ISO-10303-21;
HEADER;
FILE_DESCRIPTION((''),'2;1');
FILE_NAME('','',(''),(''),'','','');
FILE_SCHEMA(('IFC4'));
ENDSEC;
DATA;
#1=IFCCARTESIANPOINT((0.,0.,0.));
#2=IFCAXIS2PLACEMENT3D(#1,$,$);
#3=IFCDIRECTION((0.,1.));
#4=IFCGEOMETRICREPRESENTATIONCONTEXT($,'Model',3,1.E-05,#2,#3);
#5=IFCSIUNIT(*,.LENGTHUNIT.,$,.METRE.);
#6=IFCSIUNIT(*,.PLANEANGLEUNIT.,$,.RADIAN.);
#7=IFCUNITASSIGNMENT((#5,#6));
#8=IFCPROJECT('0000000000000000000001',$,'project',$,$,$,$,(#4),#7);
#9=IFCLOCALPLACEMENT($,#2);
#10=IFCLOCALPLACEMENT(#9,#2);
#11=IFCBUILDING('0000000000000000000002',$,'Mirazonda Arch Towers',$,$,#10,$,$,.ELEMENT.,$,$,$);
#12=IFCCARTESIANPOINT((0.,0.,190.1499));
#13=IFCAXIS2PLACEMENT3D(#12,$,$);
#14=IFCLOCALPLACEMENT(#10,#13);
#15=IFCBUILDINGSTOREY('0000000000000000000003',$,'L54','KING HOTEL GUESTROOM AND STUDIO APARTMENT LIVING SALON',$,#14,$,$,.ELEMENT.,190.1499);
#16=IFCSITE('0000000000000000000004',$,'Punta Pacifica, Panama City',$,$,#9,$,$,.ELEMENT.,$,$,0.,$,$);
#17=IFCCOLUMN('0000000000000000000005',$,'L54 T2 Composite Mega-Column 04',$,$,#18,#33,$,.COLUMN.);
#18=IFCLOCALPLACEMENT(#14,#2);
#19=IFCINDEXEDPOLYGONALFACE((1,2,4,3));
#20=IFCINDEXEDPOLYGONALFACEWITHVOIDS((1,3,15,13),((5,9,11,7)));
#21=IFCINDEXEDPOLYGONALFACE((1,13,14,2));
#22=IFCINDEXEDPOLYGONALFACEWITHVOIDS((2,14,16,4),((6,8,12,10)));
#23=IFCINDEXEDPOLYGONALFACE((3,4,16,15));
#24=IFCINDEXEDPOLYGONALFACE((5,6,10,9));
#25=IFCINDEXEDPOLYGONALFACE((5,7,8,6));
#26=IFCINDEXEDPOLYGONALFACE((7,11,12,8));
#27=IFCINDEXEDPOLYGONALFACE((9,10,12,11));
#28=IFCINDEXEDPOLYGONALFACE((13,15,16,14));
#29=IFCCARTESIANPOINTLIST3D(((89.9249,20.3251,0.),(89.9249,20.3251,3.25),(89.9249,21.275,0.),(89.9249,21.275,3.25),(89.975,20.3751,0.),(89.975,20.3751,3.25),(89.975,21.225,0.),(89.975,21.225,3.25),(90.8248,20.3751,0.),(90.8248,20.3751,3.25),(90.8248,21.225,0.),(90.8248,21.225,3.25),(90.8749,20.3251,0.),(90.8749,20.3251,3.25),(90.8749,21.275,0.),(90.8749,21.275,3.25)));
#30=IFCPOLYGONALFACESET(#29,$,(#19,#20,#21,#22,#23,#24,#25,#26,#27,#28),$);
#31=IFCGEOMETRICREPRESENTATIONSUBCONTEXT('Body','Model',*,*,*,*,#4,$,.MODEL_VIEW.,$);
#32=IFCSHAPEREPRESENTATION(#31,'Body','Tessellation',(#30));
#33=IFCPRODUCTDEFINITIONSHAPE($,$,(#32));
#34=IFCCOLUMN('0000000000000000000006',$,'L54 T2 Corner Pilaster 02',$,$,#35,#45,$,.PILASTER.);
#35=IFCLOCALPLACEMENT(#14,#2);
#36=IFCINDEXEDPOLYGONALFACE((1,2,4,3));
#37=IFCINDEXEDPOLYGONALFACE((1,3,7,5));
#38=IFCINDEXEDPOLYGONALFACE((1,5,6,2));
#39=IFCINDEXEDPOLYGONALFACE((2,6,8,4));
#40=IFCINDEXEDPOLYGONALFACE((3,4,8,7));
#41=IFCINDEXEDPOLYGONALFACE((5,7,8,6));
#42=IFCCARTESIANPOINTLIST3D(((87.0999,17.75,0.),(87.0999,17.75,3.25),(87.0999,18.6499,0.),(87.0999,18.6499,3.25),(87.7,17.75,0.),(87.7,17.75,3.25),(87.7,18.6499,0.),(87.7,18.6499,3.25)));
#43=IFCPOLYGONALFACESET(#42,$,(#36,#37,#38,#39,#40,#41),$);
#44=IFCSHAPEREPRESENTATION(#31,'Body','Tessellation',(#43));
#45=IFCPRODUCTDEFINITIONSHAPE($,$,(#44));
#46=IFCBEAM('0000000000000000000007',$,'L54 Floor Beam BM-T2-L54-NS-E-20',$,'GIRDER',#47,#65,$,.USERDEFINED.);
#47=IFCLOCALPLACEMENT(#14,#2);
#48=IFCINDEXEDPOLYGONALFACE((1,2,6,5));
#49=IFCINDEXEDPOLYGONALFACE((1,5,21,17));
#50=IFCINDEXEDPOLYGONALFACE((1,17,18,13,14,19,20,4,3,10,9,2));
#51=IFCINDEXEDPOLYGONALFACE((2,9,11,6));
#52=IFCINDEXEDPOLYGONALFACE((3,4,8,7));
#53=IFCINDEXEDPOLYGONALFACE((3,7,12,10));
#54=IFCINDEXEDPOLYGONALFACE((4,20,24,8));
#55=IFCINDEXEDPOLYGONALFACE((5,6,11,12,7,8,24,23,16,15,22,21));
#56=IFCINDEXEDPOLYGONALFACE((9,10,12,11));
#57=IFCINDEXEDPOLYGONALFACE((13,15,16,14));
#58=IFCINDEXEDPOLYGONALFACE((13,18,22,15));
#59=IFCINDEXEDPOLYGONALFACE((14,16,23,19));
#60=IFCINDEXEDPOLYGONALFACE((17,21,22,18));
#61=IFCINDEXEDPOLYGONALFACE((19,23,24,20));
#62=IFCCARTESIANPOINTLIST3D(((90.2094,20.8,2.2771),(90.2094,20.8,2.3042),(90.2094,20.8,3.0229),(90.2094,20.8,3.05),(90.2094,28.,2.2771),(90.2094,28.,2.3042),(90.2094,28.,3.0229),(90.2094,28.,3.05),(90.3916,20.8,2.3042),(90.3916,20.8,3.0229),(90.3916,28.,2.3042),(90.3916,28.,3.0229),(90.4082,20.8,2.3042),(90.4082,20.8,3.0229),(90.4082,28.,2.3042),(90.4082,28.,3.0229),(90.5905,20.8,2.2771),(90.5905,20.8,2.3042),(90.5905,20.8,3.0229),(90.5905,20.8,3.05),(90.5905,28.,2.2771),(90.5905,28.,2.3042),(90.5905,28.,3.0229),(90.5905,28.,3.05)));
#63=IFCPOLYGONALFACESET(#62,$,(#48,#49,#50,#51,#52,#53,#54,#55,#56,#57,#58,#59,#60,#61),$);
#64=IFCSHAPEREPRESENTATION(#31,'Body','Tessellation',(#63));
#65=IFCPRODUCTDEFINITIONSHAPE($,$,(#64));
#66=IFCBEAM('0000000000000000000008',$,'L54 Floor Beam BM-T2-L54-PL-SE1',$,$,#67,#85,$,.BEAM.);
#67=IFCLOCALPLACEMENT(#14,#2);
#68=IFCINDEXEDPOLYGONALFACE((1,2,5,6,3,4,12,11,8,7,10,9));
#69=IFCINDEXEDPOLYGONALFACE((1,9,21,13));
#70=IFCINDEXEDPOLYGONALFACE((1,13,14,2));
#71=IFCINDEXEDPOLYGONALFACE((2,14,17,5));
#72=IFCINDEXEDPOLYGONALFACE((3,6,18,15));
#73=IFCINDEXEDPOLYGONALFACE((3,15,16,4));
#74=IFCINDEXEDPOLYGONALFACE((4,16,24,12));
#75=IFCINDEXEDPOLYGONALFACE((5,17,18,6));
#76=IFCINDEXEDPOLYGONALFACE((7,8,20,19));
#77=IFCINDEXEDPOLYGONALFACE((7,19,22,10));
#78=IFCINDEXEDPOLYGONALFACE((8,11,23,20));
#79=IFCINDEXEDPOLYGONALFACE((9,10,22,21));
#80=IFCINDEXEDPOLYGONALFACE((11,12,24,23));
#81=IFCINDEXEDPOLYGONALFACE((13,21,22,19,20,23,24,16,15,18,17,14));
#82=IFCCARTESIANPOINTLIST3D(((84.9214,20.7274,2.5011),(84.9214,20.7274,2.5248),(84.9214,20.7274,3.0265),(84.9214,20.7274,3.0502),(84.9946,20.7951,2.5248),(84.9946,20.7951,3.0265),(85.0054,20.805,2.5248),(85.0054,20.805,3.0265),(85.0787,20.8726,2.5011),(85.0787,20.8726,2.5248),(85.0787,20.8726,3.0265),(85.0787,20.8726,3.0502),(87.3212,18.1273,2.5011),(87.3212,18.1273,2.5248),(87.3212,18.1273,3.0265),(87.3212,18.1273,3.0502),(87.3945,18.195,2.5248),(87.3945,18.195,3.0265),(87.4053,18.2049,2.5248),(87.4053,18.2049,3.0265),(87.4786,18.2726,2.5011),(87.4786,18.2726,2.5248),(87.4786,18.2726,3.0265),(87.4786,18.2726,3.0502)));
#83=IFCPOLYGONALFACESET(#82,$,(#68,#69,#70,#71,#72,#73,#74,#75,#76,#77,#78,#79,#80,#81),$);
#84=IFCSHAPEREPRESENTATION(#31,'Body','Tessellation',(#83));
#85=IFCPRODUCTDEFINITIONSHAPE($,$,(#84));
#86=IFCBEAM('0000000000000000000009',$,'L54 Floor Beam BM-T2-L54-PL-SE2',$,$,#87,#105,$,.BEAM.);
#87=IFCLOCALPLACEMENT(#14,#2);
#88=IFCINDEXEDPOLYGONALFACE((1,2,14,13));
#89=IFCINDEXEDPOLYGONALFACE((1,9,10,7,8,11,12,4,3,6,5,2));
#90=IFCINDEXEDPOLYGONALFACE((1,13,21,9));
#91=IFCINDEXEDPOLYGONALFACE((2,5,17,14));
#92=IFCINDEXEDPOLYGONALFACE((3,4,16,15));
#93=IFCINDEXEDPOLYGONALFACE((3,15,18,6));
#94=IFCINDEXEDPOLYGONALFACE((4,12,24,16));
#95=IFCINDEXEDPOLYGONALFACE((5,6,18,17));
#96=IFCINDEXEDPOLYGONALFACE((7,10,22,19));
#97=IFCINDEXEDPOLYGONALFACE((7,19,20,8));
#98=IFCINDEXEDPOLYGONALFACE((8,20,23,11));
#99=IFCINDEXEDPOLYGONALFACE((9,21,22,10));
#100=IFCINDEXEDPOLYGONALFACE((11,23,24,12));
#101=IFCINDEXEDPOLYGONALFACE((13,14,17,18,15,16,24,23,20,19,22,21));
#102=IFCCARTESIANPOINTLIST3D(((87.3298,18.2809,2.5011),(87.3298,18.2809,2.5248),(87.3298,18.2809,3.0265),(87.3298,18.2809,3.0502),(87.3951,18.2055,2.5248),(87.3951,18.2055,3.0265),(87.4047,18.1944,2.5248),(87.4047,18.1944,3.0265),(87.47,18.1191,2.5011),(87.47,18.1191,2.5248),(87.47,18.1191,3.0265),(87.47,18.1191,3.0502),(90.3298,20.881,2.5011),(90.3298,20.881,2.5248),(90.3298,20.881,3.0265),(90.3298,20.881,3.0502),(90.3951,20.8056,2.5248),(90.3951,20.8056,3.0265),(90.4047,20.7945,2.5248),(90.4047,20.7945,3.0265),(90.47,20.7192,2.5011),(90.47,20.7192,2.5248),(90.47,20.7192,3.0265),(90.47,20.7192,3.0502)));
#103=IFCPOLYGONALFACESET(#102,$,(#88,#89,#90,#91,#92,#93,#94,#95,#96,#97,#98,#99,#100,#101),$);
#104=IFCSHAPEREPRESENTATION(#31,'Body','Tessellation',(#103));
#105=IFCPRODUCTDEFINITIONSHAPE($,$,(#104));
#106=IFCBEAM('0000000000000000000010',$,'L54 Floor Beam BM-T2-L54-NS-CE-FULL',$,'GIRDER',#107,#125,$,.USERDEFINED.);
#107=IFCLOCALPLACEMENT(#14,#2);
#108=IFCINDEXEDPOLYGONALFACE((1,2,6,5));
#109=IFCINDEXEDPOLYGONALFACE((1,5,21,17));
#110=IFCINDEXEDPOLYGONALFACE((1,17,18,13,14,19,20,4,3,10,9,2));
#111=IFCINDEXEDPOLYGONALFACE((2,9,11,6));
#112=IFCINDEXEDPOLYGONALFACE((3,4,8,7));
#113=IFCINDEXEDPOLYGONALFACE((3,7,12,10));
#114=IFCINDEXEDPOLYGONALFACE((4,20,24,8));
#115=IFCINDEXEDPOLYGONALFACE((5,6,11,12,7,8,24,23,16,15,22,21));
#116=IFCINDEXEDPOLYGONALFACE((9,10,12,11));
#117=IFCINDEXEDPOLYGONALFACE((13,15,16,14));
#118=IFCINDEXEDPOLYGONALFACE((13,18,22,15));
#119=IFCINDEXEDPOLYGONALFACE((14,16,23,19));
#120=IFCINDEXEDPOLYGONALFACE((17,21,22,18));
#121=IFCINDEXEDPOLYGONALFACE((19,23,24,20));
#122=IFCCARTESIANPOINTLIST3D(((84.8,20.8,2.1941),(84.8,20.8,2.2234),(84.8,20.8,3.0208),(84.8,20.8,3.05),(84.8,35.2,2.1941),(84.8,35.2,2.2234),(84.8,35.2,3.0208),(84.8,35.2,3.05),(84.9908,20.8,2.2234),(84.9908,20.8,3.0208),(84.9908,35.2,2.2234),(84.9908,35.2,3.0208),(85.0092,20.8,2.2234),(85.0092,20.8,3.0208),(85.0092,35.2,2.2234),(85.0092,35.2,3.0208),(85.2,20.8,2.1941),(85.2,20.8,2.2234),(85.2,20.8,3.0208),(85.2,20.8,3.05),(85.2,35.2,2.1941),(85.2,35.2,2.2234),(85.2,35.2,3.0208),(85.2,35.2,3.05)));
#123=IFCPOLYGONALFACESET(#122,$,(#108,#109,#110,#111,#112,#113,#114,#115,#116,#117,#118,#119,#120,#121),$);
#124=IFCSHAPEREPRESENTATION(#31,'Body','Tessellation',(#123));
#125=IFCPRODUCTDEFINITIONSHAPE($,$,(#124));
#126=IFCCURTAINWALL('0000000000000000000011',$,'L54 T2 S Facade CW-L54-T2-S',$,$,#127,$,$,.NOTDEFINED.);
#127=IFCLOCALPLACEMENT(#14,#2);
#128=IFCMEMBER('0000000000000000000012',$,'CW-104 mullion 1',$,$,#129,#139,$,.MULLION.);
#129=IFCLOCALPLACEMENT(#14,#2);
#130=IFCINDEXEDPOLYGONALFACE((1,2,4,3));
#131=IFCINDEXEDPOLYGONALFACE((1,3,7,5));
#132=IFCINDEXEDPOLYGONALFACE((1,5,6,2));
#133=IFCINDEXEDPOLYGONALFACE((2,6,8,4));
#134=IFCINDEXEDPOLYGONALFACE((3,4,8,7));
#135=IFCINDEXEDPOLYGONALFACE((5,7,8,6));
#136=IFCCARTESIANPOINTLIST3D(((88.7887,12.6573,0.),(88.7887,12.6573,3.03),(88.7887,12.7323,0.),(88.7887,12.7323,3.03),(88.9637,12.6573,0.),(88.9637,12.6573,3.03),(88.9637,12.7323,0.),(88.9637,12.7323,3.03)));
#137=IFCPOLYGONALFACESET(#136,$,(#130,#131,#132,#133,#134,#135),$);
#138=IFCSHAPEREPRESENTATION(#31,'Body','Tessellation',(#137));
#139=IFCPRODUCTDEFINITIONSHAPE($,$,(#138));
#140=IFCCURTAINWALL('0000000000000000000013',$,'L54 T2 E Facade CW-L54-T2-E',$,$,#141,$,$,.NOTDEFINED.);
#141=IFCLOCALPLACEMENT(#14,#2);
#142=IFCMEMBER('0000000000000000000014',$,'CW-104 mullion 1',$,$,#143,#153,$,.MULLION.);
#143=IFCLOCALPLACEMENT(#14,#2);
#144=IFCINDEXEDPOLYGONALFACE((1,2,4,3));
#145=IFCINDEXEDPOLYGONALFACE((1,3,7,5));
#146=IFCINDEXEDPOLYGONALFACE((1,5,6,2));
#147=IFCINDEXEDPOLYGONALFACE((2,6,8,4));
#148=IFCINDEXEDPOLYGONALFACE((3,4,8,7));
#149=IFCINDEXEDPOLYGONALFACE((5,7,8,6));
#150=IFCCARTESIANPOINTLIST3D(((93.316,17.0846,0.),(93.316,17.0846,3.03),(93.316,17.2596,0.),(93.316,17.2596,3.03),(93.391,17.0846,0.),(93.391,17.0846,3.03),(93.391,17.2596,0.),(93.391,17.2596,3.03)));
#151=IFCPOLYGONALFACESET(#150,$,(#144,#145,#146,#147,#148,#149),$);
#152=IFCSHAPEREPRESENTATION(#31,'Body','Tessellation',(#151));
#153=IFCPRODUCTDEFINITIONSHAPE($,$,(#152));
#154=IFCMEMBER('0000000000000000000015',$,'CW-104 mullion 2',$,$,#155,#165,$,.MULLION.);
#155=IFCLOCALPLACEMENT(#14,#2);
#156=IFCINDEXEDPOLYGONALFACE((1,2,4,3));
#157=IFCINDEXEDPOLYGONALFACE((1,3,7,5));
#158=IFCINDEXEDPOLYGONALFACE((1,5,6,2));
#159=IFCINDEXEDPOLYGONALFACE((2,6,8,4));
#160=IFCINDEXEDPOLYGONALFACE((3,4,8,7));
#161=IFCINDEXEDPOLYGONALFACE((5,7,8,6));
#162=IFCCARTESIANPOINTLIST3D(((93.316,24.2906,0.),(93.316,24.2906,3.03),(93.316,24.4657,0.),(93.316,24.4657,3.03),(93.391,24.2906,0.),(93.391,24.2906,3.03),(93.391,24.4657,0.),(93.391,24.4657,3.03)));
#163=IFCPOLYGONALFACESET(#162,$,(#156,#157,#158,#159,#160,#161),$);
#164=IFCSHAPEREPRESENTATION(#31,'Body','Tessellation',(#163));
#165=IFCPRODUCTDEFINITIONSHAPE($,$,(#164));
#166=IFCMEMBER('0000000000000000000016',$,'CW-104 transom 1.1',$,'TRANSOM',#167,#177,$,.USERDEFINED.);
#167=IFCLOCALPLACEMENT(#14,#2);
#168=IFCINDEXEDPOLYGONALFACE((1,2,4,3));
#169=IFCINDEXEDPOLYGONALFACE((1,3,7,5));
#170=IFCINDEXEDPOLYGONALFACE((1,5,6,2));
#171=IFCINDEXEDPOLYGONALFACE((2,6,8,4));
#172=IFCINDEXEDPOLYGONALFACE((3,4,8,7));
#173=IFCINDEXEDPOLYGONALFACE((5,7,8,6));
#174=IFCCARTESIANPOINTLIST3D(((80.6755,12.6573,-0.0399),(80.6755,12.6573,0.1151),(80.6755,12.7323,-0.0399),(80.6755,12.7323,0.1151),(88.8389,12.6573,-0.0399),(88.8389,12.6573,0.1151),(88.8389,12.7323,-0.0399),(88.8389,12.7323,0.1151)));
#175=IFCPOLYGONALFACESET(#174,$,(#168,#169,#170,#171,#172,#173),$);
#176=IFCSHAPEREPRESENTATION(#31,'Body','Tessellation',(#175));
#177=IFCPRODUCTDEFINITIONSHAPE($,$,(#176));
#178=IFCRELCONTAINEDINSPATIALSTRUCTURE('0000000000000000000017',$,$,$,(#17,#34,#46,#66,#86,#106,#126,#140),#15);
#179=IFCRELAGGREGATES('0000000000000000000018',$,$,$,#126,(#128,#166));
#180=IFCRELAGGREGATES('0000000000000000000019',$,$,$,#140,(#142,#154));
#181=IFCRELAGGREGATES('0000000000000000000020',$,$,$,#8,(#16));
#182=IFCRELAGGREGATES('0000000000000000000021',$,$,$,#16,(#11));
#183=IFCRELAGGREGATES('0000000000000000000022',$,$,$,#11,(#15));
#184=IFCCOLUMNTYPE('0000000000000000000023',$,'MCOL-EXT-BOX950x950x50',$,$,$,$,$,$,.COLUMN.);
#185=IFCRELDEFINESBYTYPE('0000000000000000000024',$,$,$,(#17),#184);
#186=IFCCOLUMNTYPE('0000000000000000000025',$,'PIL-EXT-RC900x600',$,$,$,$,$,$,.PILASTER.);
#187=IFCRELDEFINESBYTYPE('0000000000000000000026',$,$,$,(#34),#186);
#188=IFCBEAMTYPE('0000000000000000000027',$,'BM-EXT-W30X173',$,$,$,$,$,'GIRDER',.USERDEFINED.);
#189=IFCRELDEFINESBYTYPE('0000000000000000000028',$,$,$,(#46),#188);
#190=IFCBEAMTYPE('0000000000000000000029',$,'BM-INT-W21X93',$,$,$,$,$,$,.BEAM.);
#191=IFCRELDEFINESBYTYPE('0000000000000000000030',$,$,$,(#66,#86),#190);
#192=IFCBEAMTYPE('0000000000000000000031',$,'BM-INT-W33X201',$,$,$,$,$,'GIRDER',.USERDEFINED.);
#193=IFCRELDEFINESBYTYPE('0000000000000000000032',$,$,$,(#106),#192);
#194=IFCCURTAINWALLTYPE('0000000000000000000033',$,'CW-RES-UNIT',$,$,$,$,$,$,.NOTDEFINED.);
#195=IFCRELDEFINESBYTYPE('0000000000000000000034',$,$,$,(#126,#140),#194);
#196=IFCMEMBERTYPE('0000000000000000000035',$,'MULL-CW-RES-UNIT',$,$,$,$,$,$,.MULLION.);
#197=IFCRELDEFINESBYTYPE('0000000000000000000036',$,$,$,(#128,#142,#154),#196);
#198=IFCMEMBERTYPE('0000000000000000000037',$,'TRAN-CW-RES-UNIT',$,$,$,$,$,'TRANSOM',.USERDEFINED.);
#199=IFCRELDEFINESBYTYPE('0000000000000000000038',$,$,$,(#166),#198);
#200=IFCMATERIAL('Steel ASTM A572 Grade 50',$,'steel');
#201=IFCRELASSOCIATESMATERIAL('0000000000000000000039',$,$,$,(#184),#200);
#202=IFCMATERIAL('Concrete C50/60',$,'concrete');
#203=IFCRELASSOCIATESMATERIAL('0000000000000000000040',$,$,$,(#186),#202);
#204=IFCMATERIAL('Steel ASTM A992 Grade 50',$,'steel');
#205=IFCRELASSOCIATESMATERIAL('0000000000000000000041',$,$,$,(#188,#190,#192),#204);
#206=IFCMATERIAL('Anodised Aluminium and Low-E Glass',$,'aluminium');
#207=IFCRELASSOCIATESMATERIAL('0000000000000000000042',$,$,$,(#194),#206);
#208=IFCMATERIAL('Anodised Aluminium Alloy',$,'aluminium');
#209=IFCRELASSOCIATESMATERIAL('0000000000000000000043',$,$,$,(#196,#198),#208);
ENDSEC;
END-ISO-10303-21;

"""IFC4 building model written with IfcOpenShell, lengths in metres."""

from ifc_helpers import new_model, si_unit, direction, frame, origin, origin_2d, place, context, subcontext, project, spatial, rectangle, hollow_rectangle, i_section, extrude, material, material_profile, profile_set, type_object, element, aggregate, save


model = new_model("IFC4")

# Units and contexts
model_context = context("Model", 3, precision=1e-05, world=origin(), true_north=direction((0.0, 1.0)))
body_context = subcontext(model_context, "Body", "Model", "MODEL_VIEW")
ifc_project = project(units=[si_unit("LENGTHUNIT", "METRE"), si_unit("PLANEANGLEUNIT", "RADIAN")], contexts=[model_context])

# Site, building, storey
site_placement = place(None, origin())
site = spatial("IfcSite", under=ifc_project, at=site_placement, Name="Punta Pacifica, Panama City", CompositionType="ELEMENT", RefElevation=0.0)
building_placement = place(site_placement, origin())
building = spatial("IfcBuilding", under=site, at=building_placement, Name="Mirazonda Arch Towers", CompositionType="ELEMENT")
storey_placement = place(building_placement, frame((0.0, 0.0, 190.1499)))
storey = spatial("IfcBuildingStorey", under=building, at=storey_placement, Name="L54", Description="KING HOTEL GUESTROOM AND STUDIO APARTMENT LIVING SALON", CompositionType="ELEMENT", Elevation=190.1499)

# Columns
ifc_material_1 = material(Name="Steel ASTM A572 Grade 50", Category="steel")
ifc_material_profile_1 = material_profile(ifc_material_1, hollow_rectangle(XDim=0.95, YDim=0.95, WallThickness=0.05, at=origin_2d()), Name="BOX950x950x50")
ifc_profile_set_1 = profile_set([ifc_material_profile_1], Name="Steel ASTM A572 Grade 50")
column_type_1 = type_object("IfcColumnType", Name="MCOL-EXT-BOX950x950x50", PredefinedType="COLUMN", material=ifc_profile_set_1)
column_1_placement = place(storey_placement, frame((90.3999, 20.8, 0.0), z_axis=(0.0, 0.0, 1.0), x_axis=(1.0, 0.0, 0.0)))
element("IfcColumn", 1, at=column_1_placement, inside=storey, type_object=column_type_1, Name="L54 T2 Composite Mega-Column 04", PredefinedType="COLUMN", context=body_context, shape_type="SweptSolid", body=[
    extrude(hollow_rectangle(XDim=0.95, YDim=0.95, WallThickness=0.05, at=origin_2d()), origin(), (0.0, 0.0, 1.0), 3.25),
])
ifc_material_2 = material(Name="Concrete C50/60", Category="concrete")
ifc_material_profile_2 = material_profile(ifc_material_2, rectangle(XDim=0.6001, YDim=0.8999, at=origin_2d()), Name="RC900x600")
ifc_profile_set_2 = profile_set([ifc_material_profile_2], Name="Concrete C50/60")
column_type_2 = type_object("IfcColumnType", Name="PIL-EXT-RC900x600", PredefinedType="PILASTER", material=ifc_profile_set_2)
column_2_placement = place(storey_placement, frame((87.3999, 18.2, 0.0), z_axis=(0.0, 0.0, 1.0), x_axis=(1.0, 0.0, 0.0)))
element("IfcColumn", 2, at=column_2_placement, inside=storey, type_object=column_type_2, Name="L54 T2 Corner Pilaster 02", PredefinedType="PILASTER", context=body_context, shape_type="SweptSolid", body=[
    extrude(rectangle(XDim=0.6001, YDim=0.8999, at=origin_2d()), origin(), (0.0, 0.0, 1.0), 3.25),
])

# Beams
ifc_material_3 = material(Name="Steel ASTM A992 Grade 50", Category="steel")
ifc_material_profile_3 = material_profile(ifc_material_3, i_section(OverallWidth=0.3811, OverallDepth=0.7729, WebThickness=0.0166, FlangeThickness=0.0271, at=origin_2d()), Name="W30X173")
ifc_profile_set_3 = profile_set([ifc_material_profile_3], Name="Steel ASTM A992 Grade 50")
beam_type_1 = type_object("IfcBeamType", Name="BM-EXT-W30X173", ElementType="GIRDER", PredefinedType="USERDEFINED", material=ifc_profile_set_3)
beam_1_placement = place(storey_placement, frame((90.3999, 20.8, 2.6636), z_axis=(0.0, 1.0, 0.0), x_axis=(-1.0, 0.0, 0.0)))
element("IfcBeam", 3, at=beam_1_placement, inside=storey, type_object=beam_type_1, Name="L54 Floor Beam BM-T2-L54-NS-E-20", ObjectType="GIRDER", PredefinedType="USERDEFINED", context=body_context, shape_type="SweptSolid", body=[
    extrude(i_section(OverallWidth=0.3811, OverallDepth=0.7729, WebThickness=0.0166, FlangeThickness=0.0271, at=origin_2d()), origin(), (0.0, 0.0, 1.0), 7.2),
])
ifc_material_profile_4 = material_profile(ifc_material_3, i_section(OverallWidth=0.2141, OverallDepth=0.5491, WebThickness=0.0146, FlangeThickness=0.0237, at=origin_2d()), Name="W21X93")
ifc_profile_set_4 = profile_set([ifc_material_profile_4], Name="Steel ASTM A992 Grade 50")
beam_type_2 = type_object("IfcBeamType", Name="BM-INT-W21X93", PredefinedType="BEAM", material=ifc_profile_set_4)
beam_2_placement = place(storey_placement, frame((87.3999, 18.2, 2.7756), z_axis=(-0.678251, 0.73483, 0.0), x_axis=(-0.73483, -0.678251, 0.0)))
element("IfcBeam", 4, at=beam_2_placement, inside=storey, type_object=beam_type_2, Name="L54 Floor Beam BM-T2-L54-PL-SE1", PredefinedType="BEAM", context=body_context, shape_type="SweptSolid", body=[
    extrude(i_section(OverallWidth=0.2141, OverallDepth=0.5491, WebThickness=0.0146, FlangeThickness=0.0237, at=origin_2d()), origin(), (0.0, 0.0, 1.0), 3.5383),
])
beam_3_placement = place(storey_placement, frame((87.3999, 18.2, 2.7756), z_axis=(0.755677, 0.654945, 0.0), x_axis=(-0.654945, 0.755677, 0.0)))
element("IfcBeam", 5, at=beam_3_placement, inside=storey, type_object=beam_type_2, Name="L54 Floor Beam BM-T2-L54-PL-SE2", PredefinedType="BEAM", context=body_context, shape_type="SweptSolid", body=[
    extrude(i_section(OverallWidth=0.2141, OverallDepth=0.5491, WebThickness=0.0146, FlangeThickness=0.0237, at=origin_2d()), origin(), (0.0, 0.0, 1.0), 3.97),
])
ifc_material_profile_5 = material_profile(ifc_material_3, i_section(OverallWidth=0.3999, OverallDepth=0.856, WebThickness=0.0183, FlangeThickness=0.0293, at=origin_2d()), Name="W33X201")
ifc_profile_set_5 = profile_set([ifc_material_profile_5], Name="Steel ASTM A992 Grade 50")
beam_type_3 = type_object("IfcBeamType", Name="BM-INT-W33X201", ElementType="GIRDER", PredefinedType="USERDEFINED", material=ifc_profile_set_5)
beam_4_placement = place(storey_placement, frame((85.0, 20.8, 2.6221), z_axis=(0.0, 1.0, 0.0), x_axis=(-1.0, 0.0, 0.0)))
element("IfcBeam", 6, at=beam_4_placement, inside=storey, type_object=beam_type_3, Name="L54 Floor Beam BM-T2-L54-NS-CE-FULL", ObjectType="GIRDER", PredefinedType="USERDEFINED", context=body_context, shape_type="SweptSolid", body=[
    extrude(i_section(OverallWidth=0.3999, OverallDepth=0.856, WebThickness=0.0183, FlangeThickness=0.0293, at=origin_2d()), origin(), (0.0, 0.0, 1.0), 14.3999),
])

# Curtain wall, member
ifc_material_4 = material(Name="Anodised Aluminium and Low-E Glass", Category="aluminium")
curtain_wall_type = type_object("IfcCurtainWallType", Name="CW-RES-UNIT", PredefinedType="NOTDEFINED", material=ifc_material_4)
curtain_wall_1_placement = place(storey_placement, origin())
curtain_wall_1 = element("IfcCurtainWall", 7, at=curtain_wall_1_placement, inside=storey, type_object=curtain_wall_type, Name="L54 T2 S Facade CW-L54-T2-S", PredefinedType="NOTDEFINED")
ifc_material_5 = material(Name="Anodised Aluminium Alloy", Category="aluminium")
ifc_material_profile_6 = material_profile(ifc_material_5, rectangle(XDim=0.075, YDim=0.175, at=origin_2d()), Name="ALU-MULL-75x175")
ifc_profile_set_6 = profile_set([ifc_material_profile_6], Name="Anodised Aluminium Alloy")
member_type_1 = type_object("IfcMemberType", Name="MULL-CW-RES-UNIT", PredefinedType="MULLION", material=ifc_profile_set_6)
member_1_placement = place(storey_placement, frame((88.8762, 12.6948, 0.0), z_axis=(0.0, 0.0, 1.0), x_axis=(0.0, -1.0, 0.0)))
member_1 = element("IfcMember", 8, at=member_1_placement, type_object=member_type_1, Name="CW-104 mullion 1", PredefinedType="MULLION", context=body_context, shape_type="SweptSolid", body=[
    extrude(rectangle(XDim=0.075, YDim=0.175, at=origin_2d()), origin(), (0.0, 0.0, 1.0), 3.03),
])

# Curtain wall, members
curtain_wall_2_placement = place(storey_placement, origin())
curtain_wall_2 = element("IfcCurtainWall", 9, at=curtain_wall_2_placement, inside=storey, type_object=curtain_wall_type, Name="L54 T2 E Facade CW-L54-T2-E", PredefinedType="NOTDEFINED")
member_2_placement = place(storey_placement, frame((93.3535, 17.1721, 0.0), z_axis=(0.0, 0.0, 1.0), x_axis=(-1.0, 0.0, 0.0)))
member_2 = element("IfcMember", 10, at=member_2_placement, type_object=member_type_1, Name="CW-104 mullion 1", PredefinedType="MULLION", context=body_context, shape_type="SweptSolid", body=[
    extrude(rectangle(XDim=0.075, YDim=0.175, at=origin_2d()), origin(), (0.0, 0.0, 1.0), 3.03),
])
member_3_placement = place(storey_placement, frame((93.3535, 24.3782, 0.0), z_axis=(0.0, 0.0, 1.0), x_axis=(-1.0, 0.0, 0.0)))
member_3 = element("IfcMember", 11, at=member_3_placement, type_object=member_type_1, Name="CW-104 mullion 2", PredefinedType="MULLION", context=body_context, shape_type="SweptSolid", body=[
    extrude(rectangle(XDim=0.075, YDim=0.175, at=origin_2d()), origin(), (0.0, 0.0, 1.0), 3.03),
])

# Member
ifc_material_profile_7 = material_profile(ifc_material_5, rectangle(XDim=0.075, YDim=0.155, at=origin_2d()), Name="ALU-TRAN-75x155")
ifc_profile_set_7 = profile_set([ifc_material_profile_7], Name="Anodised Aluminium Alloy")
member_type_2 = type_object("IfcMemberType", Name="TRAN-CW-RES-UNIT", ElementType="TRANSOM", PredefinedType="USERDEFINED", material=ifc_profile_set_7)
member_4_placement = place(storey_placement, frame((88.8389, 12.6948, 0.0376), z_axis=(-1.0, 0.0, 0.0), x_axis=(0.0, -1.0, 0.0)))
member_4 = element("IfcMember", 12, at=member_4_placement, type_object=member_type_2, Name="CW-104 transom 1.1", ObjectType="TRANSOM", PredefinedType="USERDEFINED", context=body_context, shape_type="SweptSolid", body=[
    extrude(rectangle(XDim=0.075, YDim=0.155, at=origin_2d()), origin(), (0.0, 0.0, 1.0), 8.1633),
])
aggregate(curtain_wall_1, [member_1, member_4])

aggregate(curtain_wall_2, [member_2, member_3])

save(model, "model.ifc")
